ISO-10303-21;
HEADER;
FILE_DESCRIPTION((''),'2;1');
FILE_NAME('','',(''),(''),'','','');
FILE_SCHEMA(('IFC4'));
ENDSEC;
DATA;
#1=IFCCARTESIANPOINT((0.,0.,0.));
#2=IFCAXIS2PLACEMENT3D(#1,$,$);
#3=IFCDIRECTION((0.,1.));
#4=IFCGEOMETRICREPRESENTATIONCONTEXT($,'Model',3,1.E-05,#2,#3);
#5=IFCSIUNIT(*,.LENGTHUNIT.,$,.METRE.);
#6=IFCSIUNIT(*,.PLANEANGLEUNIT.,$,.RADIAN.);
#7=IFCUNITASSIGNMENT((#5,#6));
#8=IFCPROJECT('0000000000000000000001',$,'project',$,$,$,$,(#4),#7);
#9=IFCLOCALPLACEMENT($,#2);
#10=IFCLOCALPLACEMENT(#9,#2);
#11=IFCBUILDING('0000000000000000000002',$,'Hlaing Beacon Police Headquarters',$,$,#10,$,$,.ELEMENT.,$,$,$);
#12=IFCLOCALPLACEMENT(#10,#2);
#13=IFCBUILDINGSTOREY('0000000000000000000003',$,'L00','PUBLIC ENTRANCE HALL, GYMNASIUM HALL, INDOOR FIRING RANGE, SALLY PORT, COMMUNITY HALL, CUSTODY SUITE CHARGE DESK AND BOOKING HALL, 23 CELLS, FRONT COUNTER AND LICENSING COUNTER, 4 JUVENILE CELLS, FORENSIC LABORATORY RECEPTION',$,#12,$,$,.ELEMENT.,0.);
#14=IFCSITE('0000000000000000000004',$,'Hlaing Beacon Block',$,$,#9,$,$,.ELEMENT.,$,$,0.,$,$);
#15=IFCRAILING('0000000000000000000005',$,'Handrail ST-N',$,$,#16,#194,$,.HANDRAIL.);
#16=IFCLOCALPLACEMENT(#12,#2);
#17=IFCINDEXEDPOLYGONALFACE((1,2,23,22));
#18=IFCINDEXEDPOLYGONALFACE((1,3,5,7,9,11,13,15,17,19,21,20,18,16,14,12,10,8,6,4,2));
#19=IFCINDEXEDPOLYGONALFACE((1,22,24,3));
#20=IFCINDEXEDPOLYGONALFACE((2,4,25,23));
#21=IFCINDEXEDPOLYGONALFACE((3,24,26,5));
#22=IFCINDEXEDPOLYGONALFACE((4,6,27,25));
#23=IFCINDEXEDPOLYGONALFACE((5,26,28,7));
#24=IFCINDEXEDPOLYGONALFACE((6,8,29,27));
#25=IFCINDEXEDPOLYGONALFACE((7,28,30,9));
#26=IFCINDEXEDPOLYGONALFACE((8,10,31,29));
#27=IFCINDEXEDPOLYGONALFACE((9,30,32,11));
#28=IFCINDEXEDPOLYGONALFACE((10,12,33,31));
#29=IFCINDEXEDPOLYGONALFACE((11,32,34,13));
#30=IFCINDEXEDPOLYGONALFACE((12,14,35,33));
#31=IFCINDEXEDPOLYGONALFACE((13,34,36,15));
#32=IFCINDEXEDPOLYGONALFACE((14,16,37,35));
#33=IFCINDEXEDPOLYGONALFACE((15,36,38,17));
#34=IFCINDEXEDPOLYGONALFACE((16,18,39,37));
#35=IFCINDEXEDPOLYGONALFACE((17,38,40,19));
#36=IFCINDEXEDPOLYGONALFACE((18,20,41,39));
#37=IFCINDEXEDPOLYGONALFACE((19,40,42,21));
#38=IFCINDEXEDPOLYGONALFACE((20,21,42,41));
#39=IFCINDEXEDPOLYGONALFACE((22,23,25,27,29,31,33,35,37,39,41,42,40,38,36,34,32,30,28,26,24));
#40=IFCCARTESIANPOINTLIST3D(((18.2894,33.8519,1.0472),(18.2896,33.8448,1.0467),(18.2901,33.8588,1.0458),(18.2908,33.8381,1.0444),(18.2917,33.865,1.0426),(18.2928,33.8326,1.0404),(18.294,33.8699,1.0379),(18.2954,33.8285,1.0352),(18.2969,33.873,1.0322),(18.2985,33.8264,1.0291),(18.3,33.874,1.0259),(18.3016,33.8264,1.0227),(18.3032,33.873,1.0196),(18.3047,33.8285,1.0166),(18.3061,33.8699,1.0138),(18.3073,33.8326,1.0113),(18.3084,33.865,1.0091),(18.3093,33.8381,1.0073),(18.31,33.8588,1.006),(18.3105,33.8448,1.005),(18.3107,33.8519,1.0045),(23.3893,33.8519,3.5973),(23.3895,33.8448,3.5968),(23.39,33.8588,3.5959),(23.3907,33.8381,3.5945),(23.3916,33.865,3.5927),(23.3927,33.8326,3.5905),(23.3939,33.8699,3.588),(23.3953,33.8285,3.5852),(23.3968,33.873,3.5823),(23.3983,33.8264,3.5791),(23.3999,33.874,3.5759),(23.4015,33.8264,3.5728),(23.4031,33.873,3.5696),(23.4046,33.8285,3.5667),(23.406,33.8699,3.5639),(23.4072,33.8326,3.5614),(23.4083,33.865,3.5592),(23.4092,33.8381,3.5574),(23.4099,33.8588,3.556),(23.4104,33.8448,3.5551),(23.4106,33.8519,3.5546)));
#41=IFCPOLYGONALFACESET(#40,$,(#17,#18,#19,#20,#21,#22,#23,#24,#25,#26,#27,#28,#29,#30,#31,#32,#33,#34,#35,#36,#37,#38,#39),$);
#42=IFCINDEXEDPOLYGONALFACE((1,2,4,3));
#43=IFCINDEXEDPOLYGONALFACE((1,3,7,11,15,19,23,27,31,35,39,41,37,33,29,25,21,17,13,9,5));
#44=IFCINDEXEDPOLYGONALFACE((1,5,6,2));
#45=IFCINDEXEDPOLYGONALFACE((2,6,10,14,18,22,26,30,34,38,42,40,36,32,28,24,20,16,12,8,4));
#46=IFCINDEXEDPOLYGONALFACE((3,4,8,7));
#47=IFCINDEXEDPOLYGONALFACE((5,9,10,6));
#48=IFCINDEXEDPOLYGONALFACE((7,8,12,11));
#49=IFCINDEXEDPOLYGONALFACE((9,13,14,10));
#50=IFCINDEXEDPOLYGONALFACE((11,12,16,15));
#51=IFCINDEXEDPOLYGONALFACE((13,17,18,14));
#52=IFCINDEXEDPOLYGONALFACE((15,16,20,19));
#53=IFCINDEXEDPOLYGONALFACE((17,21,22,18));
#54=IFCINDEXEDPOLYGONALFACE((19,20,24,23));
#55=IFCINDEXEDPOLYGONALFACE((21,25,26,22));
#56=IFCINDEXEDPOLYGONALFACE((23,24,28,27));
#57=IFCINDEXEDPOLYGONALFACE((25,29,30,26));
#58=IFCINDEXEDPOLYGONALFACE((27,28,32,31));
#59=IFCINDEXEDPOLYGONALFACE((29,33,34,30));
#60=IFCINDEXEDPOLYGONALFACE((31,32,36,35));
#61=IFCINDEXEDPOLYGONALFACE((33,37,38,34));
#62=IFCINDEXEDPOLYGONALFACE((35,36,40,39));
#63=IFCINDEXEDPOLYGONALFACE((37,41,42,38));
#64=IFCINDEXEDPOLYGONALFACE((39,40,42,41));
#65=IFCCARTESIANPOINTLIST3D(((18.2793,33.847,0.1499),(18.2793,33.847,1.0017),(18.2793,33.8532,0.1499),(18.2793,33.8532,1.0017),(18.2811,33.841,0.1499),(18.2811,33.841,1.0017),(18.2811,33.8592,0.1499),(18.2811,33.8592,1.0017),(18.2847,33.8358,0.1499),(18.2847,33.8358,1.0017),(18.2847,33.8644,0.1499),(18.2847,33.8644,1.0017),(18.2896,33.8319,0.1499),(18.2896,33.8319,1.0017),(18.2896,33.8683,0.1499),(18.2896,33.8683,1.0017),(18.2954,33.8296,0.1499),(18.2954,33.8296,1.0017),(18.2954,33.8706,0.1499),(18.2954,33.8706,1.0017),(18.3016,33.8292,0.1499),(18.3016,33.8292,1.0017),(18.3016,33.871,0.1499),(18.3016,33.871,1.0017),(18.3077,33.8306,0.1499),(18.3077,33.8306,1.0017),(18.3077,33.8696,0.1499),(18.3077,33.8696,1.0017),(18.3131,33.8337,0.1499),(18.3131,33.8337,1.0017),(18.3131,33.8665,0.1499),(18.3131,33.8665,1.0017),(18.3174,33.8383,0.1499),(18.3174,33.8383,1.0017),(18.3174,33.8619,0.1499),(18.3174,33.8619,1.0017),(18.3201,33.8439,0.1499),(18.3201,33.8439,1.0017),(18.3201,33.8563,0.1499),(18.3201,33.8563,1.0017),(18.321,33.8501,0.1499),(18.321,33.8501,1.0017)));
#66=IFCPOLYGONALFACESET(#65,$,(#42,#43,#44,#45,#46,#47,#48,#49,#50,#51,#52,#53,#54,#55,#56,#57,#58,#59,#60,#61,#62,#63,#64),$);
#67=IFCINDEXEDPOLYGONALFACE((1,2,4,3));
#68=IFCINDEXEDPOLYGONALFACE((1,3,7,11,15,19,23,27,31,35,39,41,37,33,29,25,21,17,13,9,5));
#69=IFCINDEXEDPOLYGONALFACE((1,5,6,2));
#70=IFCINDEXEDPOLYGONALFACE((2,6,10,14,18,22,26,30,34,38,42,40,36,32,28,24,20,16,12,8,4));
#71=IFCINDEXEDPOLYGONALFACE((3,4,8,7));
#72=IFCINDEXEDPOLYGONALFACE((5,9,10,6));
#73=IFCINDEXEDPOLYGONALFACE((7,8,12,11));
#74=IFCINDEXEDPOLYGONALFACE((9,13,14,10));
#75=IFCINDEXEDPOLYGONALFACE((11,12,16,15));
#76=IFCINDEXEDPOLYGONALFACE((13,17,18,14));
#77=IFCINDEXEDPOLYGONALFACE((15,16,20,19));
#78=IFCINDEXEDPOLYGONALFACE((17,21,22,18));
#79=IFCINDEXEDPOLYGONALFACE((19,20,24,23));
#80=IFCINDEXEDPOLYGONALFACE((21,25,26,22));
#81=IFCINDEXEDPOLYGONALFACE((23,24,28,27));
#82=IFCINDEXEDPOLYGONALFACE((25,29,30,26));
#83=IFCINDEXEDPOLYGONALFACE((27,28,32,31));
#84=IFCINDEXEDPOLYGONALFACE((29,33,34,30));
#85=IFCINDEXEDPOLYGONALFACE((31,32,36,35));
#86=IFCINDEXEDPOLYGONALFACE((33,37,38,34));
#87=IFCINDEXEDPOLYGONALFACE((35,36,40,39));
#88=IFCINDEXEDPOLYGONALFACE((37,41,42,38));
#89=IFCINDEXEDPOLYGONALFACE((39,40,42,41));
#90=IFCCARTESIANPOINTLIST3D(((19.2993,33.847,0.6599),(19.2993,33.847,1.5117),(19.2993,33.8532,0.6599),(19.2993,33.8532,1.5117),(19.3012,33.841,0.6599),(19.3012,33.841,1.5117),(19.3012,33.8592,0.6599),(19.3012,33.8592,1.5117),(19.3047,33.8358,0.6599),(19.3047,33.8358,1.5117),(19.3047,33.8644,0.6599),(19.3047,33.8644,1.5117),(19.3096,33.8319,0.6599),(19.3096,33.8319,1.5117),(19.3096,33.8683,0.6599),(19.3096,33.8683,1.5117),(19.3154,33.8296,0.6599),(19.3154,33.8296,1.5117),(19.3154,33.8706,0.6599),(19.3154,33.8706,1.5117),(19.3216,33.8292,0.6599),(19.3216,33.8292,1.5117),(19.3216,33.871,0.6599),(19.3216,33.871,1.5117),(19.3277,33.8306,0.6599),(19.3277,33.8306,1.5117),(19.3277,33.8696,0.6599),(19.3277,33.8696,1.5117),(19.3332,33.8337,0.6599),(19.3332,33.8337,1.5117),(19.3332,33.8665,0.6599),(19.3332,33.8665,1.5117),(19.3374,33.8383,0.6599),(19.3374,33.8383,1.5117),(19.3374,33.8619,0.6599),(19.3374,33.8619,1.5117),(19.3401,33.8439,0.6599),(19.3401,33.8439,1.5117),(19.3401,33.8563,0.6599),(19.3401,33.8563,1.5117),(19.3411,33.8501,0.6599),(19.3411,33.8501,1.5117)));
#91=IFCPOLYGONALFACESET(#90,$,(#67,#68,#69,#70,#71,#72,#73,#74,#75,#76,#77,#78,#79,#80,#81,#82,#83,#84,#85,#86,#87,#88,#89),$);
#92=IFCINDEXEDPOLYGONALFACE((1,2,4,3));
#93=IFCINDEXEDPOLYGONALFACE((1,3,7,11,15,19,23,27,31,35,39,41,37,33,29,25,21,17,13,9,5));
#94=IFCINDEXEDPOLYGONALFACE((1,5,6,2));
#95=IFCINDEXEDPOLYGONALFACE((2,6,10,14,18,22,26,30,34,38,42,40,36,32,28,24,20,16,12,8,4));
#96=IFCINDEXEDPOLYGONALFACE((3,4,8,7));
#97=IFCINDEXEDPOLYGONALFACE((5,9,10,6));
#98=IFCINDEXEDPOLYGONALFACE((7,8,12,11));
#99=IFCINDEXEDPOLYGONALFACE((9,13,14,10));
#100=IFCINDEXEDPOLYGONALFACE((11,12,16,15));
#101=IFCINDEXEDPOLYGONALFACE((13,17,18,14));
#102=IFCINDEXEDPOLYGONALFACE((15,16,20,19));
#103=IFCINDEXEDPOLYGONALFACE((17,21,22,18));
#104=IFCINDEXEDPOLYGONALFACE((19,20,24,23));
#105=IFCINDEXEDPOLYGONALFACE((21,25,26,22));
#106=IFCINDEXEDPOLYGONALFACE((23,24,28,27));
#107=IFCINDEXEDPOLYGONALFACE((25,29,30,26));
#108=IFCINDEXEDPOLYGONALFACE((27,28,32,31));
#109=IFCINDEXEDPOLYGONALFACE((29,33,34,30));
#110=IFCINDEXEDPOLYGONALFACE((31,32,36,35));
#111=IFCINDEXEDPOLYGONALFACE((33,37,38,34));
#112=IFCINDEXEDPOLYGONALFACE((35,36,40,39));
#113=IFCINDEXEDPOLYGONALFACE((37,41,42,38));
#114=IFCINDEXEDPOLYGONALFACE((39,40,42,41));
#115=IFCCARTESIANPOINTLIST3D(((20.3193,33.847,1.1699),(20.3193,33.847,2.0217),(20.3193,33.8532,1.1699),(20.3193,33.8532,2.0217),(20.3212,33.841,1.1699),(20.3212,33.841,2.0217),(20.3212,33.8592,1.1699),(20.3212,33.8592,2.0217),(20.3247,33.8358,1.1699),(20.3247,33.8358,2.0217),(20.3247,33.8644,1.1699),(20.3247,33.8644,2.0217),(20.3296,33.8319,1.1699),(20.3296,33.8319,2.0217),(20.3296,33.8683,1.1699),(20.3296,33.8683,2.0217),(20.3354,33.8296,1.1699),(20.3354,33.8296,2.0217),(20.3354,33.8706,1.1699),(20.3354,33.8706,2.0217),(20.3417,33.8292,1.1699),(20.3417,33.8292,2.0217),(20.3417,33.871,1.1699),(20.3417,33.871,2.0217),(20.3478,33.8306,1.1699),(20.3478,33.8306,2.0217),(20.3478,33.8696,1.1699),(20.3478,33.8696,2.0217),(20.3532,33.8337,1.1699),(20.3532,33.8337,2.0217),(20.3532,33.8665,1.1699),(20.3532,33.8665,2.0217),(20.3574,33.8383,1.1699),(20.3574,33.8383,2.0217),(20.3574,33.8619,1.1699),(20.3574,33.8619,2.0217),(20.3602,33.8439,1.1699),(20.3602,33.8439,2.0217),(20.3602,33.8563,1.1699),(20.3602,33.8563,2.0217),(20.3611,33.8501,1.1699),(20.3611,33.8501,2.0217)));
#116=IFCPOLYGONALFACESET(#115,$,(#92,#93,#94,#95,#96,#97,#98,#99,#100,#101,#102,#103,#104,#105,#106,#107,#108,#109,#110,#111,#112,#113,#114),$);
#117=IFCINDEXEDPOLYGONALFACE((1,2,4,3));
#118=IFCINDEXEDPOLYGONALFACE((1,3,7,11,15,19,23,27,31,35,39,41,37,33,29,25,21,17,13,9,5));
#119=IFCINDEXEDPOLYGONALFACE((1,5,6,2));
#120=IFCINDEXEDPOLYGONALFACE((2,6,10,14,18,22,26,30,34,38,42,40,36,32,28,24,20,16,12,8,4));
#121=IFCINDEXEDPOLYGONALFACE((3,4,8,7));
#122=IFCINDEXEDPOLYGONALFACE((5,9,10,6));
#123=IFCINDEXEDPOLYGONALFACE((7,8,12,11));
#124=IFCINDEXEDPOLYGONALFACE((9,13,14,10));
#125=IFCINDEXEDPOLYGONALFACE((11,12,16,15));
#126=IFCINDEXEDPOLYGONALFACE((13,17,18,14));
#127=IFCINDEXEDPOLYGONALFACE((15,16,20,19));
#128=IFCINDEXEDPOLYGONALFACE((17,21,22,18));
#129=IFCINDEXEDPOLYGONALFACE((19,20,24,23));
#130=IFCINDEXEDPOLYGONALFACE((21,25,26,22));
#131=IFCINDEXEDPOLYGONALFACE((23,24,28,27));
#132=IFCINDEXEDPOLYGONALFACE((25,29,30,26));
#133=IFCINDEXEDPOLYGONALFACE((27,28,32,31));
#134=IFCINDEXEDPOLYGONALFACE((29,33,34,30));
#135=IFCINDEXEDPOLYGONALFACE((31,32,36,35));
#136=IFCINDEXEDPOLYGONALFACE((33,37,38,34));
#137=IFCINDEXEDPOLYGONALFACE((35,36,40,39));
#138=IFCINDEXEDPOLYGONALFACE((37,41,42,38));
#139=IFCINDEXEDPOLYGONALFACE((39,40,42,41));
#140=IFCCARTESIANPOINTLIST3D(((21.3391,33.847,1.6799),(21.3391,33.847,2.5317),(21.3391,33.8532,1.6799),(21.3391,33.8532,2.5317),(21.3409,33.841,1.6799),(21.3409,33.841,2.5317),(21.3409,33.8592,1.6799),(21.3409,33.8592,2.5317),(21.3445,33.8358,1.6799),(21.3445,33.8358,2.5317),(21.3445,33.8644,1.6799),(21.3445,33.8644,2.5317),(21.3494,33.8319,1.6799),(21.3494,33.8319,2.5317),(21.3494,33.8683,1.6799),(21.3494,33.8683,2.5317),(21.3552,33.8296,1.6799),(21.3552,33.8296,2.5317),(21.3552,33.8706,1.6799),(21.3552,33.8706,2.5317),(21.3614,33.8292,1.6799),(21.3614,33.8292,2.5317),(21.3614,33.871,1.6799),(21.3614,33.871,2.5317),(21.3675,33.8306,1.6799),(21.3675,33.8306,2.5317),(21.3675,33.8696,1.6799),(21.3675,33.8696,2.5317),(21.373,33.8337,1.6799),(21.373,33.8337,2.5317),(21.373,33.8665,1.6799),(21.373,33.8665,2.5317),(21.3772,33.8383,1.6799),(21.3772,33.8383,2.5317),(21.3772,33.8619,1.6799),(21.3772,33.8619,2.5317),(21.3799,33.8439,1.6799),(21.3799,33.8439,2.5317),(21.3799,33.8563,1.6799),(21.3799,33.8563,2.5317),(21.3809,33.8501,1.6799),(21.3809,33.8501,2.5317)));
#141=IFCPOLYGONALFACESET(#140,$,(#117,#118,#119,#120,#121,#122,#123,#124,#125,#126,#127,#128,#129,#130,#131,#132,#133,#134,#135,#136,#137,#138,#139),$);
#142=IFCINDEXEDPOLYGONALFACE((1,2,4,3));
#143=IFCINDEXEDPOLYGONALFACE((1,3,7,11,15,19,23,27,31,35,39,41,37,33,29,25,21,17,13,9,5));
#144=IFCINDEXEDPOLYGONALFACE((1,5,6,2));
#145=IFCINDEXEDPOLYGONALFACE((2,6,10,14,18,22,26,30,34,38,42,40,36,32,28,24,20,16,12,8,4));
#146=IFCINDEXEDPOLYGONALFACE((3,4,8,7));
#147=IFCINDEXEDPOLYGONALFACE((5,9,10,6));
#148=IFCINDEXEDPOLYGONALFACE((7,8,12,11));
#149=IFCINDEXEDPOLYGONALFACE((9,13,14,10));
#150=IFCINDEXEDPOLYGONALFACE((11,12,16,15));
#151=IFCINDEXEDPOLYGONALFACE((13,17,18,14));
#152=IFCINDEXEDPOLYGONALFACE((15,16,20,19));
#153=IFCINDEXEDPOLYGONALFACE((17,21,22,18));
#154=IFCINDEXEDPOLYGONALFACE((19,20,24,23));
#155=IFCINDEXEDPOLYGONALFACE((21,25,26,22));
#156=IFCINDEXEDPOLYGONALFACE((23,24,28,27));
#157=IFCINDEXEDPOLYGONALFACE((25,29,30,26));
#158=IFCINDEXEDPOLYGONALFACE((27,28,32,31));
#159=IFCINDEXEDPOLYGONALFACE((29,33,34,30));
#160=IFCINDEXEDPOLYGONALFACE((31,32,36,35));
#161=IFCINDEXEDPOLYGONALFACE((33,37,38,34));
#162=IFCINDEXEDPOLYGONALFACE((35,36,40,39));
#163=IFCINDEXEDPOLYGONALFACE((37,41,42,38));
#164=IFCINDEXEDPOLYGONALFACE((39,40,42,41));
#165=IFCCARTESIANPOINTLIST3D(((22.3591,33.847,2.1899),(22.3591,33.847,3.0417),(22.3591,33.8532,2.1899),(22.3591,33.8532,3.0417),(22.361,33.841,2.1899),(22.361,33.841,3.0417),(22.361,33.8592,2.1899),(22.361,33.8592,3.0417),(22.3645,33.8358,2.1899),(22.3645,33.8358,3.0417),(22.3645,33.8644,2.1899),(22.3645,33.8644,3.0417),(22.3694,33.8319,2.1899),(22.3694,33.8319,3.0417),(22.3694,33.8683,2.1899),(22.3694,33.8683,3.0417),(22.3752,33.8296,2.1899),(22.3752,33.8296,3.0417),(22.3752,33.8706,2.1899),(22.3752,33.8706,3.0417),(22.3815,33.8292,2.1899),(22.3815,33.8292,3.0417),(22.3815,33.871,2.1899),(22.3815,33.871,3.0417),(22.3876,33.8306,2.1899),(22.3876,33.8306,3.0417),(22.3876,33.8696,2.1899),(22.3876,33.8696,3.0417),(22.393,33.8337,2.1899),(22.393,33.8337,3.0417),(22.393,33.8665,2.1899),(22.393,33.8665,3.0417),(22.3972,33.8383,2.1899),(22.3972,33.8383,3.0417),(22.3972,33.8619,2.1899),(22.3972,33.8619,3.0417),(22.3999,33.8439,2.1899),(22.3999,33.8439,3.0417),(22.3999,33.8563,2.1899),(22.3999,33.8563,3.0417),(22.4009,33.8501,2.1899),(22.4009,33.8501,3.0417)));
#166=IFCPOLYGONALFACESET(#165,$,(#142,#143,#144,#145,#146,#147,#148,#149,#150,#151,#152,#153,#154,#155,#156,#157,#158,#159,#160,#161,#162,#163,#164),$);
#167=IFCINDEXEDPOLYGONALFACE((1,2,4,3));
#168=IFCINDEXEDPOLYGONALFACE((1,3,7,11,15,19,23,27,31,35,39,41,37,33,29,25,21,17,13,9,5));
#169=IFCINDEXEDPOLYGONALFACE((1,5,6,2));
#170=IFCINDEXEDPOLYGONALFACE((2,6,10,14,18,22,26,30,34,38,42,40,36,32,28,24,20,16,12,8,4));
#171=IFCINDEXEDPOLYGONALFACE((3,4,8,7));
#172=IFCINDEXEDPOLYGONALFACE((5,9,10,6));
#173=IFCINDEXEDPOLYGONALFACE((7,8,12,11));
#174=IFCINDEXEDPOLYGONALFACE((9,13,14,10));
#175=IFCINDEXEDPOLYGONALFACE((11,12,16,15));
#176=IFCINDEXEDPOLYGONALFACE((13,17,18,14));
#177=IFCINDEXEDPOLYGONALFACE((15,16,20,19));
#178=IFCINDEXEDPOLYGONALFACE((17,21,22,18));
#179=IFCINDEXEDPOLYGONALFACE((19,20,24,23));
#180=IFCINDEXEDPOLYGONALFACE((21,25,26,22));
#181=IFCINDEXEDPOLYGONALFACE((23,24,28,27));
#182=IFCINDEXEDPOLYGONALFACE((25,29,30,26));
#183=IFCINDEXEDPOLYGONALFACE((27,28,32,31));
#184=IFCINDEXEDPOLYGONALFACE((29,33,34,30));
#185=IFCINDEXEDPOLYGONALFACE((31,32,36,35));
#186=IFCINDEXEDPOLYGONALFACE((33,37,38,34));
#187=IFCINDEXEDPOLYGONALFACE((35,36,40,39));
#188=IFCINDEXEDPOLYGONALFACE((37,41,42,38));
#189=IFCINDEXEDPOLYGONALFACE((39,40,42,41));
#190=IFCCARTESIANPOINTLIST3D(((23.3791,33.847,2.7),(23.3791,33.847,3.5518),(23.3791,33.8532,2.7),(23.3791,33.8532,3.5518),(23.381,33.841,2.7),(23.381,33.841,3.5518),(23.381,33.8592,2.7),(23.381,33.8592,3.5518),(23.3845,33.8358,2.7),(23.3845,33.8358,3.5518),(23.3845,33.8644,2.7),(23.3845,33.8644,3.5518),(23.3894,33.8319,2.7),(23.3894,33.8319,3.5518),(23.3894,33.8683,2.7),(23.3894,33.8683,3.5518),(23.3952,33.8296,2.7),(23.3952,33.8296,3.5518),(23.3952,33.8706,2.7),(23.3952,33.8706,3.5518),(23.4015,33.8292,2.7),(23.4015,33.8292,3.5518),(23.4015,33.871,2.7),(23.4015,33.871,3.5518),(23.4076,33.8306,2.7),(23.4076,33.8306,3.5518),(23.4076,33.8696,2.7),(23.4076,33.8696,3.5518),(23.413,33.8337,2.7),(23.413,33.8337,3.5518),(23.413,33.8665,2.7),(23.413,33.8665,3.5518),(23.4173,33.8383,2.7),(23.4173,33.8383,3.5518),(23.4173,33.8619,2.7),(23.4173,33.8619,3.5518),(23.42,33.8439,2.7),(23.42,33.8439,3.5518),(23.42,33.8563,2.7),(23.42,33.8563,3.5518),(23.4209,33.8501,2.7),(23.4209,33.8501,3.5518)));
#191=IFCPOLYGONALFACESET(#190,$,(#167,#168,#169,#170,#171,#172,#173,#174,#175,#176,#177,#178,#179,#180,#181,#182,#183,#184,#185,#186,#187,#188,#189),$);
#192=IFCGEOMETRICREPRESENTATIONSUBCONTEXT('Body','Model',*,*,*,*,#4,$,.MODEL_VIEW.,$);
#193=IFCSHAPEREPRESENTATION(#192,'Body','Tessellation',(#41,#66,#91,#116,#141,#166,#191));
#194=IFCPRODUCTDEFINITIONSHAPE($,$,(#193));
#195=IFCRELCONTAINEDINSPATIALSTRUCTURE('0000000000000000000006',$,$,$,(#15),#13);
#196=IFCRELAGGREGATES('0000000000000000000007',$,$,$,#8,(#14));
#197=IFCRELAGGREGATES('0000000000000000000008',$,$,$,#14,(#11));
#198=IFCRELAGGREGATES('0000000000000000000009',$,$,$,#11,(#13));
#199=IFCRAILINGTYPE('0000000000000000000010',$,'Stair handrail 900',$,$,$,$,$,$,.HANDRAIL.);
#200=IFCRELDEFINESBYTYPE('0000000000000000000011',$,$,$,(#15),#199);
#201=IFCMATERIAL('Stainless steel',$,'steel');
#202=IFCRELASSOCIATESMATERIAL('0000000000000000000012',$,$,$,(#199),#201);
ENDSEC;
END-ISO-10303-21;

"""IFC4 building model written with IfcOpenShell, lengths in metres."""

from ifc_helpers import new_model, si_unit, direction, frame, origin, origin_2d, place, context, subcontext, project, spatial, circle, extrude, material, type_object, element, save


model = new_model("IFC4")

# Units and contexts
model_context = context("Model", 3, precision=1e-05, world=origin(), true_north=direction((0.0, 1.0)))
body_context = subcontext(model_context, "Body", "Model", "MODEL_VIEW")
ifc_project = project(units=[si_unit("LENGTHUNIT", "METRE"), si_unit("PLANEANGLEUNIT", "RADIAN")], contexts=[model_context])

# Site, building, storey
site_placement = place(None, origin())
site = spatial("IfcSite", under=ifc_project, at=site_placement, Name="Hlaing Beacon Block", CompositionType="ELEMENT", RefElevation=0.0)
building_placement = place(site_placement, origin())
building = spatial("IfcBuilding", under=site, at=building_placement, Name="Hlaing Beacon Police Headquarters", CompositionType="ELEMENT")
storey_placement = place(building_placement, origin())
storey = spatial("IfcBuildingStorey", under=building, at=storey_placement, Name="L00", Description="PUBLIC ENTRANCE HALL, GYMNASIUM HALL, INDOOR FIRING RANGE, SALLY PORT, COMMUNITY HALL, CUSTODY SUITE CHARGE DESK AND BOOKING HALL, 23 CELLS, FRONT COUNTER AND LICENSING COUNTER, 4 JUVENILE CELLS, FORENSIC LABORATORY RECEPTION", CompositionType="ELEMENT", Elevation=0.0)

# Railing
ifc_material_1 = material(Name="Stainless steel", Category="steel")
railing_type_1 = type_object("IfcRailingType", Name="Stair handrail 900", PredefinedType="HANDRAIL", material=ifc_material_1)
for number, where, name in (
    (1, (18.3, 33.8501, 0.1499), "Handrail ST-N"),
):
    element("IfcRailing", number, at=place(storey_placement, frame(where)), inside=storey, type_object=railing_type_1, Name=name, PredefinedType="HANDRAIL", context=body_context, shape_type="SweptSolid", body=[
        extrude(circle(Radius=0.0239, at=origin_2d()), frame((0.0, 0.0, 0.876), z_axis=(0.894419, 0.0, 0.447231), x_axis=(0.0, 1.0, 0.0)), (0.0, 0.0, 1.0), 5.7019),
        extrude(circle(Radius=0.021, at=origin_2d()), origin(), (0.0, 0.0, 1.0), 0.8518),
        extrude(circle(Radius=0.021, at=origin_2d()), frame((1.02, 0.0, 0.51)), (0.0, 0.0, 1.0), 0.8518),
        extrude(circle(Radius=0.021, at=origin_2d()), frame((2.04, 0.0, 1.02)), (0.0, 0.0, 1.0), 0.8518),
        extrude(circle(Radius=0.021, at=origin_2d()), frame((3.0598, 0.0, 1.53)), (0.0, 0.0, 1.0), 0.8518),
        extrude(circle(Radius=0.021, at=origin_2d()), frame((4.0798, 0.0, 2.04)), (0.0, 0.0, 1.0), 0.8518),
        extrude(circle(Radius=0.021, at=origin_2d()), frame((5.0999, 0.0, 2.55)), (0.0, 0.0, 1.0), 0.8518),
    ])

save(model, "model.ifc")
